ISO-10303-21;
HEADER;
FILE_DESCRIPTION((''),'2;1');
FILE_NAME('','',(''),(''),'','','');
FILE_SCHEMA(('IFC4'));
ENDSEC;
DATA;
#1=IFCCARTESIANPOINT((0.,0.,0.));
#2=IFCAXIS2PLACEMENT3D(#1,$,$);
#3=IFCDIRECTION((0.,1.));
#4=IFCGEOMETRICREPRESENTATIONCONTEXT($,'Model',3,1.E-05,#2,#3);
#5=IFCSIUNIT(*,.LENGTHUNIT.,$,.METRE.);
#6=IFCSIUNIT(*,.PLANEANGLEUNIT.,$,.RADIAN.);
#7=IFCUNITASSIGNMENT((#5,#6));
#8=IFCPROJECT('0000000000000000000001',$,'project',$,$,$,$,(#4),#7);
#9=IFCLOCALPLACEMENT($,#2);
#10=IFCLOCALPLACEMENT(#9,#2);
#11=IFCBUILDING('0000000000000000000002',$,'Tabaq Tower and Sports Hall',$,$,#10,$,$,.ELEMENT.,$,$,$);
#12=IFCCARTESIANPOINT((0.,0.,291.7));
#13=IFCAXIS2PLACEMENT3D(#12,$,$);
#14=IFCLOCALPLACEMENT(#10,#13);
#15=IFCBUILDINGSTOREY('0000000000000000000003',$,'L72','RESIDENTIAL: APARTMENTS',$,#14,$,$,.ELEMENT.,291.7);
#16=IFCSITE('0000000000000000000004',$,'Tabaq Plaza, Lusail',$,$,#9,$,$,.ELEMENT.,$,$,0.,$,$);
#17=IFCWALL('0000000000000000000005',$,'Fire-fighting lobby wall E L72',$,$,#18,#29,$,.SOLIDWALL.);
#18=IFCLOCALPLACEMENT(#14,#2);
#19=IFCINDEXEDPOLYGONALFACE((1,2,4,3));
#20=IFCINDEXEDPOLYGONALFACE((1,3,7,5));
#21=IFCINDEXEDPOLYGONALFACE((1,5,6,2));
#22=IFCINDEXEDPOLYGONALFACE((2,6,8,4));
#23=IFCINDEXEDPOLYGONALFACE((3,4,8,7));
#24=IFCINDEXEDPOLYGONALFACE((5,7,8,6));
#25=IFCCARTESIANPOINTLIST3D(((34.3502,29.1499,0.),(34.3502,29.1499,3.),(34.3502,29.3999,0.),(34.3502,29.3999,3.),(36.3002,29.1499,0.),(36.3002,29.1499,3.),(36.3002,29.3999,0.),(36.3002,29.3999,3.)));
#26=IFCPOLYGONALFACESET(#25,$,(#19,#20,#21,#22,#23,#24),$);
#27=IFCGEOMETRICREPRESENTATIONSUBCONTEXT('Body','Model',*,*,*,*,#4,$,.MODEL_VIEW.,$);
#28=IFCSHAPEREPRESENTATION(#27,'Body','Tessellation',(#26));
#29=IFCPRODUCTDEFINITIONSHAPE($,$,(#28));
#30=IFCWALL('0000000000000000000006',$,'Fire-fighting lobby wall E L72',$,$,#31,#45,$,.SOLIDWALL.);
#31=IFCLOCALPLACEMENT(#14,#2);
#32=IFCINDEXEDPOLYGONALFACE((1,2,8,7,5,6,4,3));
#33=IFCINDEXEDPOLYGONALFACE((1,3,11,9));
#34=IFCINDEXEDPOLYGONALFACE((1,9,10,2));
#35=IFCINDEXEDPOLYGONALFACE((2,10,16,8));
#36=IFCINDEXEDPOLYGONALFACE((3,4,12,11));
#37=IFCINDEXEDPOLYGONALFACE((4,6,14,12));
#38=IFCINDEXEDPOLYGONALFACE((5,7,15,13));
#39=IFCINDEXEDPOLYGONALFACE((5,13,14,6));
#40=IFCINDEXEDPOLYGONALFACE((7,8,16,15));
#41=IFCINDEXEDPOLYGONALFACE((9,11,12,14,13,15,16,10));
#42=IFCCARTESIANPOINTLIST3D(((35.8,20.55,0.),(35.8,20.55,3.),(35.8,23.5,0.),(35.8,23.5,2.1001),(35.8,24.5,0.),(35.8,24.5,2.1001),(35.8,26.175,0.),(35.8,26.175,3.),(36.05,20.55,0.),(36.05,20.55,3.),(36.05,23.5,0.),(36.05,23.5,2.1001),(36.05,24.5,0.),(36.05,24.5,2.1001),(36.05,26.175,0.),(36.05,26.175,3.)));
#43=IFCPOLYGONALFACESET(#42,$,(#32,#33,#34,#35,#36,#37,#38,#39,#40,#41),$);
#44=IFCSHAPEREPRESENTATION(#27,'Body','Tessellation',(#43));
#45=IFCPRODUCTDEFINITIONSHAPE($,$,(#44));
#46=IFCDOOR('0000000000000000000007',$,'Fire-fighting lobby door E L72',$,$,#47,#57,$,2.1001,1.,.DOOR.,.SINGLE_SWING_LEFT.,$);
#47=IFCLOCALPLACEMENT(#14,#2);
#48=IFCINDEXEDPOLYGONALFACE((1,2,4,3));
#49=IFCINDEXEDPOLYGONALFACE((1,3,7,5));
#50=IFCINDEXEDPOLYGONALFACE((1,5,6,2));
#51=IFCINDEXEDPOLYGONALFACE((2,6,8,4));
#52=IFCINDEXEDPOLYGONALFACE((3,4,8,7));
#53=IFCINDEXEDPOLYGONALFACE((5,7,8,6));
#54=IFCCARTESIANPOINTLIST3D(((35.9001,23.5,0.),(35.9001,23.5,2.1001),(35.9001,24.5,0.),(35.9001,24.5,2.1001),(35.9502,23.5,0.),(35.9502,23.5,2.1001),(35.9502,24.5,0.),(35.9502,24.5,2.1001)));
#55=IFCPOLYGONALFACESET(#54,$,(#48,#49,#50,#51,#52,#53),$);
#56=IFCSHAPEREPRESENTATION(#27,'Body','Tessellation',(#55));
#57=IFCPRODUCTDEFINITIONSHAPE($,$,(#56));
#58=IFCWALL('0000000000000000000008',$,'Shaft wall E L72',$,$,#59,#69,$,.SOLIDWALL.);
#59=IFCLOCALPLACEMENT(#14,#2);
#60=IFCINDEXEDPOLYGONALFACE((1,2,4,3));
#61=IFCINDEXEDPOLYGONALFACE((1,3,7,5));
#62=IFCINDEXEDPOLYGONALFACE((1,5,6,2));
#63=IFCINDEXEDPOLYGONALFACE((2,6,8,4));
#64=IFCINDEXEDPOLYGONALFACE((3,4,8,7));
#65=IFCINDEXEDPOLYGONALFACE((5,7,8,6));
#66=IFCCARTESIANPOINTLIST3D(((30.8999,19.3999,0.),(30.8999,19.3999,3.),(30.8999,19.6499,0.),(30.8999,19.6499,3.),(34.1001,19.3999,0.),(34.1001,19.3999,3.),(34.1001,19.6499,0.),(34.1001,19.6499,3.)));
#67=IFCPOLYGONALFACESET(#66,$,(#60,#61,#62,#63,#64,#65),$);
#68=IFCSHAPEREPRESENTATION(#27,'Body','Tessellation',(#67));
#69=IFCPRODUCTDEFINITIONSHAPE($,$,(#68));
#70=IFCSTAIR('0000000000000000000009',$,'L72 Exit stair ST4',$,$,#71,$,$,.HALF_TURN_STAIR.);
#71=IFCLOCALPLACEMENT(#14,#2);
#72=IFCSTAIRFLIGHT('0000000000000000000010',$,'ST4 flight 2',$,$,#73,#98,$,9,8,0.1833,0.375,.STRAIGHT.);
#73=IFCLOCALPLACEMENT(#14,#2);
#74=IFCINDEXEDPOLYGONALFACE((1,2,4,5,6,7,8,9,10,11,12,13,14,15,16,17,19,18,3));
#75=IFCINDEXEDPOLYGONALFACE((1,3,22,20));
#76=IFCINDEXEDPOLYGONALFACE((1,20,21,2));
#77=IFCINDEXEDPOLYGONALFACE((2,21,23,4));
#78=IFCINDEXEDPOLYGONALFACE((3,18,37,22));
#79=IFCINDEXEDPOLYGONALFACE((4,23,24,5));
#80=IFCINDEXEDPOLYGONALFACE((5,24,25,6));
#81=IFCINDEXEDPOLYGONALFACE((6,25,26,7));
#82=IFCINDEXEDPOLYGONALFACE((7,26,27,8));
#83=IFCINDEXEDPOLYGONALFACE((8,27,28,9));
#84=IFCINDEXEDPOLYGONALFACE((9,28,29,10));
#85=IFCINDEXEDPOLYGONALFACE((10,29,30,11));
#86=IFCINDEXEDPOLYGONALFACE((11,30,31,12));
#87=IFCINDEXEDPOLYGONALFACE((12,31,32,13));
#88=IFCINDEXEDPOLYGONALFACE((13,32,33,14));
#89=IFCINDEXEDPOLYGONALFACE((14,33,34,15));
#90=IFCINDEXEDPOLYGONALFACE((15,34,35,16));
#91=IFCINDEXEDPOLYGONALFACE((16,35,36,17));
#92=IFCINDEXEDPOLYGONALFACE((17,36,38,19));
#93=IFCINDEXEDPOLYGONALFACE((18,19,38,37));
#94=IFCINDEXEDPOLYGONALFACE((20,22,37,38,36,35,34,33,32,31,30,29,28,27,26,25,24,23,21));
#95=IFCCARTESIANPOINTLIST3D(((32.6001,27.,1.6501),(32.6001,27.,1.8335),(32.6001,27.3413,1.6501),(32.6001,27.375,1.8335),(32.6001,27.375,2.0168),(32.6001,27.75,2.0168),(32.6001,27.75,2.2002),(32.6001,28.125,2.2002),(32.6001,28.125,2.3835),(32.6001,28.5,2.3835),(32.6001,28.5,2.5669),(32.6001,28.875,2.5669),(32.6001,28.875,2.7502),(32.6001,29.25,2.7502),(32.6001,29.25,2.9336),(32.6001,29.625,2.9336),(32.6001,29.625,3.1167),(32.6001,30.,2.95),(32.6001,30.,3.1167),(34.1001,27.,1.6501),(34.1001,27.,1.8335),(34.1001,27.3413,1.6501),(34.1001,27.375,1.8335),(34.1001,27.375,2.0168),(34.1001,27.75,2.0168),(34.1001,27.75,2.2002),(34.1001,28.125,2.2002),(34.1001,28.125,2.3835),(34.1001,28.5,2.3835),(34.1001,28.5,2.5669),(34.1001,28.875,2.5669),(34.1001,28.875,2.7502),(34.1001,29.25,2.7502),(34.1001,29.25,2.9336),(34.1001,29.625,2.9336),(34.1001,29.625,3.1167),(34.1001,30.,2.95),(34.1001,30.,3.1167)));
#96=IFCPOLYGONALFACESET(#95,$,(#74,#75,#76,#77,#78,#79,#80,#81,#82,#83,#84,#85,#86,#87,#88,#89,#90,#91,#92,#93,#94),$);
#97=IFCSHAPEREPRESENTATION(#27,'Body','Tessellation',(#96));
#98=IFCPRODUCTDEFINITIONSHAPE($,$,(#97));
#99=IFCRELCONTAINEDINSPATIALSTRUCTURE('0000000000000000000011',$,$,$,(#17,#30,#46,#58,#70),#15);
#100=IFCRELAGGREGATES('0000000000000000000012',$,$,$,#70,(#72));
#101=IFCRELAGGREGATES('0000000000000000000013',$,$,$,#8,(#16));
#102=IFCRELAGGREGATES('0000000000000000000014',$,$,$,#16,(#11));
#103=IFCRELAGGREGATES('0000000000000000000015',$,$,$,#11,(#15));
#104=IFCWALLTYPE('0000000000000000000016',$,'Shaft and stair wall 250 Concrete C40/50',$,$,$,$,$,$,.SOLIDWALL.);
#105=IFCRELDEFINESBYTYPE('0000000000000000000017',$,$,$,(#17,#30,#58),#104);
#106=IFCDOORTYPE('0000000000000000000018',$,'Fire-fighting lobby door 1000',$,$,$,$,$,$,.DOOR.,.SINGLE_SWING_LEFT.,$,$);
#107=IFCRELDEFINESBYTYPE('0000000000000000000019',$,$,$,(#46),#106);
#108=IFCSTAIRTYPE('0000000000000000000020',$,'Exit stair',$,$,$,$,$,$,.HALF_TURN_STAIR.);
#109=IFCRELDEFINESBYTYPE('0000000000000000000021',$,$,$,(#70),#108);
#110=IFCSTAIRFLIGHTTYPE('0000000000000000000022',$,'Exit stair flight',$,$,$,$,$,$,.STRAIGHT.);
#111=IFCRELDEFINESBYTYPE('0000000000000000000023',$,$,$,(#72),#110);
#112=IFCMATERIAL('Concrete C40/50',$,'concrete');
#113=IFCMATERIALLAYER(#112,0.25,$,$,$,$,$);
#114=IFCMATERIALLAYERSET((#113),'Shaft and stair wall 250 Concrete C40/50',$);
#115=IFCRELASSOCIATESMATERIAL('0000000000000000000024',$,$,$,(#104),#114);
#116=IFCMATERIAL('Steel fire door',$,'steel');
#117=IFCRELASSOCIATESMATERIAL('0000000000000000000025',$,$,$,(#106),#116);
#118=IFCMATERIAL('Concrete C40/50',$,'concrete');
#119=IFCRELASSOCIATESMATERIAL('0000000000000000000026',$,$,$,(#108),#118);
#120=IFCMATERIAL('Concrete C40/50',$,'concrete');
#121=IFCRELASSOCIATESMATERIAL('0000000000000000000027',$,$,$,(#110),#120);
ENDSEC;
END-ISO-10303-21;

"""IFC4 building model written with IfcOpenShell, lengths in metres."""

from ifc_helpers import new_model, si_unit, direction, frame, frame_2d, origin, place, context, subcontext, project, spatial, polyline, rectangle, outline, extrude, material, layer, layer_set, type_object, element, fill, aggregate, save


model = new_model("IFC4")

# Units and contexts
model_context = context("Model", 3, precision=1e-05, world=origin(), true_north=direction((0.0, 1.0)))
body_context = subcontext(model_context, "Body", "Model", "MODEL_VIEW")
ifc_project = project(units=[si_unit("LENGTHUNIT", "METRE"), si_unit("PLANEANGLEUNIT", "RADIAN")], contexts=[model_context])

# Site, building, storey
site_placement = place(None, origin())
site = spatial("IfcSite", under=ifc_project, at=site_placement, Name="Tabaq Plaza, Lusail", CompositionType="ELEMENT", RefElevation=0.0)
building_placement = place(site_placement, origin())
building = spatial("IfcBuilding", under=site, at=building_placement, Name="Tabaq Tower and Sports Hall", CompositionType="ELEMENT")
storey_placement = place(building_placement, frame((0.0, 0.0, 291.7)))
storey = spatial("IfcBuildingStorey", under=building, at=storey_placement, Name="L72", Description="RESIDENTIAL: APARTMENTS", CompositionType="ELEMENT", Elevation=291.7)

# Shared definitions
ifc_material_1 = material(Name="Concrete C40/50", Category="concrete")
ifc_layer_1 = layer(ifc_material_1, 0.25)
ifc_layer_set_1 = layer_set([ifc_layer_1], Name="Shaft and stair wall 250 Concrete C40/50")
wall_type_1 = type_object("IfcWallType", Name="Shaft and stair wall 250 Concrete C40/50", PredefinedType="SOLIDWALL", material=ifc_layer_set_1)

# Shared definitions
ifc_material_2 = material(Name="Steel fire door", Category="steel")
door_type_1 = type_object("IfcDoorType", Name="Fire-fighting lobby door 1000", OperationType="SINGLE_SWING_LEFT", PredefinedType="DOOR", material=ifc_material_2)

# Wall
wall_1_placement = place(storey_placement, frame((34.3501, 29.2749, 0.0), z_axis=(0.0, 0.0, 1.0), x_axis=(1.0, 0.0, 0.0)))
element("IfcWall", 1, at=wall_1_placement, inside=storey, type_object=wall_type_1, Name="Fire-fighting lobby wall E L72", PredefinedType="SOLIDWALL", context=body_context, shape_type="SweptSolid", body=[
    extrude(rectangle(XDim=1.95, YDim=0.25, at=frame_2d((0.9751, 0.0))), origin(), (0.0, 0.0, 1.0), 3.0),
])

# Wall, opening, door
wall_2_placement = place(storey_placement, frame((35.925, 20.55, 0.0), z_axis=(0.0, 0.0, 1.0), x_axis=(0.0, 1.0, 0.0)))
wall_2 = element("IfcWall", 2, at=wall_2_placement, inside=storey, type_object=wall_type_1, Name="Fire-fighting lobby wall E L72", PredefinedType="SOLIDWALL", context=body_context, shape_type="SweptSolid", body=[
    extrude(rectangle(XDim=5.625, YDim=0.25, at=frame_2d((2.8125, 0.0))), origin(), (0.0, 0.0, 1.0), 3.0),
])
opening_1_placement = place(wall_2_placement, frame((2.95, 0.0, 0.0)))
opening_1 = element("IfcOpeningElement", 3, at=opening_1_placement, cuts=wall_2, PredefinedType="OPENING", context=body_context, shape_type="SweptSolid", body=[
    extrude(rectangle(XDim=1.0, YDim=2.1001, at=frame_2d((0.5, 1.05))), frame((0.0, 0.125, 0.0), z_axis=(0.0, -1.0, 0.0), x_axis=(1.0, 0.0, 0.0)), (0.0, 0.0, 1.0), 0.25),
])
door_1_placement = place(opening_1_placement, origin())
door_1 = element("IfcDoor", 4, at=door_1_placement, inside=storey, type_object=door_type_1, Name="Fire-fighting lobby door E L72", OperationType="SINGLE_SWING_LEFT", OverallHeight=2.1001, OverallWidth=1.0, PredefinedType="DOOR", context=body_context, shape_type="SweptSolid", body=[
    extrude(rectangle(XDim=1.0, YDim=2.1001, at=frame_2d((0.5, 1.05))), frame((0.0, 0.0249, 0.0), z_axis=(0.0, -1.0, 0.0), x_axis=(1.0, 0.0, 0.0)), (0.0, 0.0, 1.0), 0.05),
])
fill(opening_1, door_1)

# Wall
wall_3_placement = place(storey_placement, frame((30.8999, 19.5249, 0.0), z_axis=(0.0, 0.0, 1.0), x_axis=(1.0, 0.0, 0.0)))
element("IfcWall", 5, at=wall_3_placement, inside=storey, type_object=wall_type_1, Name="Shaft wall E L72", PredefinedType="SOLIDWALL", context=body_context, shape_type="SweptSolid", body=[
    extrude(rectangle(XDim=3.2002, YDim=0.25, at=frame_2d((1.6001, 0.0))), origin(), (0.0, 0.0, 1.0), 3.0),
])

# Stair, stair flight
ifc_material_3 = material(Name="Concrete C40/50", Category="concrete")
stair_type = type_object("IfcStairType", Name="Exit stair", PredefinedType="HALF_TURN_STAIR", material=ifc_material_3)
stair_placement = place(storey_placement, origin())
stair = element("IfcStair", 6, at=stair_placement, inside=storey, type_object=stair_type, Name="L72 Exit stair ST4", PredefinedType="HALF_TURN_STAIR")
ifc_material_4 = material(Name="Concrete C40/50", Category="concrete")
stair_flight_type = type_object("IfcStairFlightType", Name="Exit stair flight", PredefinedType="STRAIGHT", material=ifc_material_4)
stair_flight_placement = place(storey_placement, frame((33.3501, 27.0, 1.6501), z_axis=(0.0, 0.0, 1.0), x_axis=(0.0, 1.0, 0.0)))
stair_flight = element("IfcStairFlight", 7, at=stair_flight_placement, type_object=stair_flight_type, Name="ST4 flight 2", NumberOfRisers=9, NumberOfTreads=8, PredefinedType="STRAIGHT", RiserHeight=0.1833, TreadLength=0.375, context=body_context, shape_type="SweptSolid", body=[
    extrude(outline(polyline([(0.0, 0.0), (0.0, 0.1833), (0.375, 0.1833), (0.375, 0.3667), (0.75, 0.3667), (0.75, 0.55), (1.125, 0.55), (1.125, 0.7334), (1.5, 0.7334), (1.5, 0.9167), (1.875, 0.9167), (1.875, 1.1001), (2.25, 1.1001), (2.25, 1.2834), (2.625, 1.2834), (2.625, 1.4666), (3.0, 1.4666), (3.0, 1.6499), (3.0, 1.2998), (0.3413, 0.0), (0.0, 0.0)])), frame((0.0, 0.75, 0.0), z_axis=(0.0, -1.0, 0.0), x_axis=(1.0, 0.0, 0.0)), (0.0, 0.0, 1.0), 1.5),
])
aggregate(stair, [stair_flight])

save(model, "model.ifc")
